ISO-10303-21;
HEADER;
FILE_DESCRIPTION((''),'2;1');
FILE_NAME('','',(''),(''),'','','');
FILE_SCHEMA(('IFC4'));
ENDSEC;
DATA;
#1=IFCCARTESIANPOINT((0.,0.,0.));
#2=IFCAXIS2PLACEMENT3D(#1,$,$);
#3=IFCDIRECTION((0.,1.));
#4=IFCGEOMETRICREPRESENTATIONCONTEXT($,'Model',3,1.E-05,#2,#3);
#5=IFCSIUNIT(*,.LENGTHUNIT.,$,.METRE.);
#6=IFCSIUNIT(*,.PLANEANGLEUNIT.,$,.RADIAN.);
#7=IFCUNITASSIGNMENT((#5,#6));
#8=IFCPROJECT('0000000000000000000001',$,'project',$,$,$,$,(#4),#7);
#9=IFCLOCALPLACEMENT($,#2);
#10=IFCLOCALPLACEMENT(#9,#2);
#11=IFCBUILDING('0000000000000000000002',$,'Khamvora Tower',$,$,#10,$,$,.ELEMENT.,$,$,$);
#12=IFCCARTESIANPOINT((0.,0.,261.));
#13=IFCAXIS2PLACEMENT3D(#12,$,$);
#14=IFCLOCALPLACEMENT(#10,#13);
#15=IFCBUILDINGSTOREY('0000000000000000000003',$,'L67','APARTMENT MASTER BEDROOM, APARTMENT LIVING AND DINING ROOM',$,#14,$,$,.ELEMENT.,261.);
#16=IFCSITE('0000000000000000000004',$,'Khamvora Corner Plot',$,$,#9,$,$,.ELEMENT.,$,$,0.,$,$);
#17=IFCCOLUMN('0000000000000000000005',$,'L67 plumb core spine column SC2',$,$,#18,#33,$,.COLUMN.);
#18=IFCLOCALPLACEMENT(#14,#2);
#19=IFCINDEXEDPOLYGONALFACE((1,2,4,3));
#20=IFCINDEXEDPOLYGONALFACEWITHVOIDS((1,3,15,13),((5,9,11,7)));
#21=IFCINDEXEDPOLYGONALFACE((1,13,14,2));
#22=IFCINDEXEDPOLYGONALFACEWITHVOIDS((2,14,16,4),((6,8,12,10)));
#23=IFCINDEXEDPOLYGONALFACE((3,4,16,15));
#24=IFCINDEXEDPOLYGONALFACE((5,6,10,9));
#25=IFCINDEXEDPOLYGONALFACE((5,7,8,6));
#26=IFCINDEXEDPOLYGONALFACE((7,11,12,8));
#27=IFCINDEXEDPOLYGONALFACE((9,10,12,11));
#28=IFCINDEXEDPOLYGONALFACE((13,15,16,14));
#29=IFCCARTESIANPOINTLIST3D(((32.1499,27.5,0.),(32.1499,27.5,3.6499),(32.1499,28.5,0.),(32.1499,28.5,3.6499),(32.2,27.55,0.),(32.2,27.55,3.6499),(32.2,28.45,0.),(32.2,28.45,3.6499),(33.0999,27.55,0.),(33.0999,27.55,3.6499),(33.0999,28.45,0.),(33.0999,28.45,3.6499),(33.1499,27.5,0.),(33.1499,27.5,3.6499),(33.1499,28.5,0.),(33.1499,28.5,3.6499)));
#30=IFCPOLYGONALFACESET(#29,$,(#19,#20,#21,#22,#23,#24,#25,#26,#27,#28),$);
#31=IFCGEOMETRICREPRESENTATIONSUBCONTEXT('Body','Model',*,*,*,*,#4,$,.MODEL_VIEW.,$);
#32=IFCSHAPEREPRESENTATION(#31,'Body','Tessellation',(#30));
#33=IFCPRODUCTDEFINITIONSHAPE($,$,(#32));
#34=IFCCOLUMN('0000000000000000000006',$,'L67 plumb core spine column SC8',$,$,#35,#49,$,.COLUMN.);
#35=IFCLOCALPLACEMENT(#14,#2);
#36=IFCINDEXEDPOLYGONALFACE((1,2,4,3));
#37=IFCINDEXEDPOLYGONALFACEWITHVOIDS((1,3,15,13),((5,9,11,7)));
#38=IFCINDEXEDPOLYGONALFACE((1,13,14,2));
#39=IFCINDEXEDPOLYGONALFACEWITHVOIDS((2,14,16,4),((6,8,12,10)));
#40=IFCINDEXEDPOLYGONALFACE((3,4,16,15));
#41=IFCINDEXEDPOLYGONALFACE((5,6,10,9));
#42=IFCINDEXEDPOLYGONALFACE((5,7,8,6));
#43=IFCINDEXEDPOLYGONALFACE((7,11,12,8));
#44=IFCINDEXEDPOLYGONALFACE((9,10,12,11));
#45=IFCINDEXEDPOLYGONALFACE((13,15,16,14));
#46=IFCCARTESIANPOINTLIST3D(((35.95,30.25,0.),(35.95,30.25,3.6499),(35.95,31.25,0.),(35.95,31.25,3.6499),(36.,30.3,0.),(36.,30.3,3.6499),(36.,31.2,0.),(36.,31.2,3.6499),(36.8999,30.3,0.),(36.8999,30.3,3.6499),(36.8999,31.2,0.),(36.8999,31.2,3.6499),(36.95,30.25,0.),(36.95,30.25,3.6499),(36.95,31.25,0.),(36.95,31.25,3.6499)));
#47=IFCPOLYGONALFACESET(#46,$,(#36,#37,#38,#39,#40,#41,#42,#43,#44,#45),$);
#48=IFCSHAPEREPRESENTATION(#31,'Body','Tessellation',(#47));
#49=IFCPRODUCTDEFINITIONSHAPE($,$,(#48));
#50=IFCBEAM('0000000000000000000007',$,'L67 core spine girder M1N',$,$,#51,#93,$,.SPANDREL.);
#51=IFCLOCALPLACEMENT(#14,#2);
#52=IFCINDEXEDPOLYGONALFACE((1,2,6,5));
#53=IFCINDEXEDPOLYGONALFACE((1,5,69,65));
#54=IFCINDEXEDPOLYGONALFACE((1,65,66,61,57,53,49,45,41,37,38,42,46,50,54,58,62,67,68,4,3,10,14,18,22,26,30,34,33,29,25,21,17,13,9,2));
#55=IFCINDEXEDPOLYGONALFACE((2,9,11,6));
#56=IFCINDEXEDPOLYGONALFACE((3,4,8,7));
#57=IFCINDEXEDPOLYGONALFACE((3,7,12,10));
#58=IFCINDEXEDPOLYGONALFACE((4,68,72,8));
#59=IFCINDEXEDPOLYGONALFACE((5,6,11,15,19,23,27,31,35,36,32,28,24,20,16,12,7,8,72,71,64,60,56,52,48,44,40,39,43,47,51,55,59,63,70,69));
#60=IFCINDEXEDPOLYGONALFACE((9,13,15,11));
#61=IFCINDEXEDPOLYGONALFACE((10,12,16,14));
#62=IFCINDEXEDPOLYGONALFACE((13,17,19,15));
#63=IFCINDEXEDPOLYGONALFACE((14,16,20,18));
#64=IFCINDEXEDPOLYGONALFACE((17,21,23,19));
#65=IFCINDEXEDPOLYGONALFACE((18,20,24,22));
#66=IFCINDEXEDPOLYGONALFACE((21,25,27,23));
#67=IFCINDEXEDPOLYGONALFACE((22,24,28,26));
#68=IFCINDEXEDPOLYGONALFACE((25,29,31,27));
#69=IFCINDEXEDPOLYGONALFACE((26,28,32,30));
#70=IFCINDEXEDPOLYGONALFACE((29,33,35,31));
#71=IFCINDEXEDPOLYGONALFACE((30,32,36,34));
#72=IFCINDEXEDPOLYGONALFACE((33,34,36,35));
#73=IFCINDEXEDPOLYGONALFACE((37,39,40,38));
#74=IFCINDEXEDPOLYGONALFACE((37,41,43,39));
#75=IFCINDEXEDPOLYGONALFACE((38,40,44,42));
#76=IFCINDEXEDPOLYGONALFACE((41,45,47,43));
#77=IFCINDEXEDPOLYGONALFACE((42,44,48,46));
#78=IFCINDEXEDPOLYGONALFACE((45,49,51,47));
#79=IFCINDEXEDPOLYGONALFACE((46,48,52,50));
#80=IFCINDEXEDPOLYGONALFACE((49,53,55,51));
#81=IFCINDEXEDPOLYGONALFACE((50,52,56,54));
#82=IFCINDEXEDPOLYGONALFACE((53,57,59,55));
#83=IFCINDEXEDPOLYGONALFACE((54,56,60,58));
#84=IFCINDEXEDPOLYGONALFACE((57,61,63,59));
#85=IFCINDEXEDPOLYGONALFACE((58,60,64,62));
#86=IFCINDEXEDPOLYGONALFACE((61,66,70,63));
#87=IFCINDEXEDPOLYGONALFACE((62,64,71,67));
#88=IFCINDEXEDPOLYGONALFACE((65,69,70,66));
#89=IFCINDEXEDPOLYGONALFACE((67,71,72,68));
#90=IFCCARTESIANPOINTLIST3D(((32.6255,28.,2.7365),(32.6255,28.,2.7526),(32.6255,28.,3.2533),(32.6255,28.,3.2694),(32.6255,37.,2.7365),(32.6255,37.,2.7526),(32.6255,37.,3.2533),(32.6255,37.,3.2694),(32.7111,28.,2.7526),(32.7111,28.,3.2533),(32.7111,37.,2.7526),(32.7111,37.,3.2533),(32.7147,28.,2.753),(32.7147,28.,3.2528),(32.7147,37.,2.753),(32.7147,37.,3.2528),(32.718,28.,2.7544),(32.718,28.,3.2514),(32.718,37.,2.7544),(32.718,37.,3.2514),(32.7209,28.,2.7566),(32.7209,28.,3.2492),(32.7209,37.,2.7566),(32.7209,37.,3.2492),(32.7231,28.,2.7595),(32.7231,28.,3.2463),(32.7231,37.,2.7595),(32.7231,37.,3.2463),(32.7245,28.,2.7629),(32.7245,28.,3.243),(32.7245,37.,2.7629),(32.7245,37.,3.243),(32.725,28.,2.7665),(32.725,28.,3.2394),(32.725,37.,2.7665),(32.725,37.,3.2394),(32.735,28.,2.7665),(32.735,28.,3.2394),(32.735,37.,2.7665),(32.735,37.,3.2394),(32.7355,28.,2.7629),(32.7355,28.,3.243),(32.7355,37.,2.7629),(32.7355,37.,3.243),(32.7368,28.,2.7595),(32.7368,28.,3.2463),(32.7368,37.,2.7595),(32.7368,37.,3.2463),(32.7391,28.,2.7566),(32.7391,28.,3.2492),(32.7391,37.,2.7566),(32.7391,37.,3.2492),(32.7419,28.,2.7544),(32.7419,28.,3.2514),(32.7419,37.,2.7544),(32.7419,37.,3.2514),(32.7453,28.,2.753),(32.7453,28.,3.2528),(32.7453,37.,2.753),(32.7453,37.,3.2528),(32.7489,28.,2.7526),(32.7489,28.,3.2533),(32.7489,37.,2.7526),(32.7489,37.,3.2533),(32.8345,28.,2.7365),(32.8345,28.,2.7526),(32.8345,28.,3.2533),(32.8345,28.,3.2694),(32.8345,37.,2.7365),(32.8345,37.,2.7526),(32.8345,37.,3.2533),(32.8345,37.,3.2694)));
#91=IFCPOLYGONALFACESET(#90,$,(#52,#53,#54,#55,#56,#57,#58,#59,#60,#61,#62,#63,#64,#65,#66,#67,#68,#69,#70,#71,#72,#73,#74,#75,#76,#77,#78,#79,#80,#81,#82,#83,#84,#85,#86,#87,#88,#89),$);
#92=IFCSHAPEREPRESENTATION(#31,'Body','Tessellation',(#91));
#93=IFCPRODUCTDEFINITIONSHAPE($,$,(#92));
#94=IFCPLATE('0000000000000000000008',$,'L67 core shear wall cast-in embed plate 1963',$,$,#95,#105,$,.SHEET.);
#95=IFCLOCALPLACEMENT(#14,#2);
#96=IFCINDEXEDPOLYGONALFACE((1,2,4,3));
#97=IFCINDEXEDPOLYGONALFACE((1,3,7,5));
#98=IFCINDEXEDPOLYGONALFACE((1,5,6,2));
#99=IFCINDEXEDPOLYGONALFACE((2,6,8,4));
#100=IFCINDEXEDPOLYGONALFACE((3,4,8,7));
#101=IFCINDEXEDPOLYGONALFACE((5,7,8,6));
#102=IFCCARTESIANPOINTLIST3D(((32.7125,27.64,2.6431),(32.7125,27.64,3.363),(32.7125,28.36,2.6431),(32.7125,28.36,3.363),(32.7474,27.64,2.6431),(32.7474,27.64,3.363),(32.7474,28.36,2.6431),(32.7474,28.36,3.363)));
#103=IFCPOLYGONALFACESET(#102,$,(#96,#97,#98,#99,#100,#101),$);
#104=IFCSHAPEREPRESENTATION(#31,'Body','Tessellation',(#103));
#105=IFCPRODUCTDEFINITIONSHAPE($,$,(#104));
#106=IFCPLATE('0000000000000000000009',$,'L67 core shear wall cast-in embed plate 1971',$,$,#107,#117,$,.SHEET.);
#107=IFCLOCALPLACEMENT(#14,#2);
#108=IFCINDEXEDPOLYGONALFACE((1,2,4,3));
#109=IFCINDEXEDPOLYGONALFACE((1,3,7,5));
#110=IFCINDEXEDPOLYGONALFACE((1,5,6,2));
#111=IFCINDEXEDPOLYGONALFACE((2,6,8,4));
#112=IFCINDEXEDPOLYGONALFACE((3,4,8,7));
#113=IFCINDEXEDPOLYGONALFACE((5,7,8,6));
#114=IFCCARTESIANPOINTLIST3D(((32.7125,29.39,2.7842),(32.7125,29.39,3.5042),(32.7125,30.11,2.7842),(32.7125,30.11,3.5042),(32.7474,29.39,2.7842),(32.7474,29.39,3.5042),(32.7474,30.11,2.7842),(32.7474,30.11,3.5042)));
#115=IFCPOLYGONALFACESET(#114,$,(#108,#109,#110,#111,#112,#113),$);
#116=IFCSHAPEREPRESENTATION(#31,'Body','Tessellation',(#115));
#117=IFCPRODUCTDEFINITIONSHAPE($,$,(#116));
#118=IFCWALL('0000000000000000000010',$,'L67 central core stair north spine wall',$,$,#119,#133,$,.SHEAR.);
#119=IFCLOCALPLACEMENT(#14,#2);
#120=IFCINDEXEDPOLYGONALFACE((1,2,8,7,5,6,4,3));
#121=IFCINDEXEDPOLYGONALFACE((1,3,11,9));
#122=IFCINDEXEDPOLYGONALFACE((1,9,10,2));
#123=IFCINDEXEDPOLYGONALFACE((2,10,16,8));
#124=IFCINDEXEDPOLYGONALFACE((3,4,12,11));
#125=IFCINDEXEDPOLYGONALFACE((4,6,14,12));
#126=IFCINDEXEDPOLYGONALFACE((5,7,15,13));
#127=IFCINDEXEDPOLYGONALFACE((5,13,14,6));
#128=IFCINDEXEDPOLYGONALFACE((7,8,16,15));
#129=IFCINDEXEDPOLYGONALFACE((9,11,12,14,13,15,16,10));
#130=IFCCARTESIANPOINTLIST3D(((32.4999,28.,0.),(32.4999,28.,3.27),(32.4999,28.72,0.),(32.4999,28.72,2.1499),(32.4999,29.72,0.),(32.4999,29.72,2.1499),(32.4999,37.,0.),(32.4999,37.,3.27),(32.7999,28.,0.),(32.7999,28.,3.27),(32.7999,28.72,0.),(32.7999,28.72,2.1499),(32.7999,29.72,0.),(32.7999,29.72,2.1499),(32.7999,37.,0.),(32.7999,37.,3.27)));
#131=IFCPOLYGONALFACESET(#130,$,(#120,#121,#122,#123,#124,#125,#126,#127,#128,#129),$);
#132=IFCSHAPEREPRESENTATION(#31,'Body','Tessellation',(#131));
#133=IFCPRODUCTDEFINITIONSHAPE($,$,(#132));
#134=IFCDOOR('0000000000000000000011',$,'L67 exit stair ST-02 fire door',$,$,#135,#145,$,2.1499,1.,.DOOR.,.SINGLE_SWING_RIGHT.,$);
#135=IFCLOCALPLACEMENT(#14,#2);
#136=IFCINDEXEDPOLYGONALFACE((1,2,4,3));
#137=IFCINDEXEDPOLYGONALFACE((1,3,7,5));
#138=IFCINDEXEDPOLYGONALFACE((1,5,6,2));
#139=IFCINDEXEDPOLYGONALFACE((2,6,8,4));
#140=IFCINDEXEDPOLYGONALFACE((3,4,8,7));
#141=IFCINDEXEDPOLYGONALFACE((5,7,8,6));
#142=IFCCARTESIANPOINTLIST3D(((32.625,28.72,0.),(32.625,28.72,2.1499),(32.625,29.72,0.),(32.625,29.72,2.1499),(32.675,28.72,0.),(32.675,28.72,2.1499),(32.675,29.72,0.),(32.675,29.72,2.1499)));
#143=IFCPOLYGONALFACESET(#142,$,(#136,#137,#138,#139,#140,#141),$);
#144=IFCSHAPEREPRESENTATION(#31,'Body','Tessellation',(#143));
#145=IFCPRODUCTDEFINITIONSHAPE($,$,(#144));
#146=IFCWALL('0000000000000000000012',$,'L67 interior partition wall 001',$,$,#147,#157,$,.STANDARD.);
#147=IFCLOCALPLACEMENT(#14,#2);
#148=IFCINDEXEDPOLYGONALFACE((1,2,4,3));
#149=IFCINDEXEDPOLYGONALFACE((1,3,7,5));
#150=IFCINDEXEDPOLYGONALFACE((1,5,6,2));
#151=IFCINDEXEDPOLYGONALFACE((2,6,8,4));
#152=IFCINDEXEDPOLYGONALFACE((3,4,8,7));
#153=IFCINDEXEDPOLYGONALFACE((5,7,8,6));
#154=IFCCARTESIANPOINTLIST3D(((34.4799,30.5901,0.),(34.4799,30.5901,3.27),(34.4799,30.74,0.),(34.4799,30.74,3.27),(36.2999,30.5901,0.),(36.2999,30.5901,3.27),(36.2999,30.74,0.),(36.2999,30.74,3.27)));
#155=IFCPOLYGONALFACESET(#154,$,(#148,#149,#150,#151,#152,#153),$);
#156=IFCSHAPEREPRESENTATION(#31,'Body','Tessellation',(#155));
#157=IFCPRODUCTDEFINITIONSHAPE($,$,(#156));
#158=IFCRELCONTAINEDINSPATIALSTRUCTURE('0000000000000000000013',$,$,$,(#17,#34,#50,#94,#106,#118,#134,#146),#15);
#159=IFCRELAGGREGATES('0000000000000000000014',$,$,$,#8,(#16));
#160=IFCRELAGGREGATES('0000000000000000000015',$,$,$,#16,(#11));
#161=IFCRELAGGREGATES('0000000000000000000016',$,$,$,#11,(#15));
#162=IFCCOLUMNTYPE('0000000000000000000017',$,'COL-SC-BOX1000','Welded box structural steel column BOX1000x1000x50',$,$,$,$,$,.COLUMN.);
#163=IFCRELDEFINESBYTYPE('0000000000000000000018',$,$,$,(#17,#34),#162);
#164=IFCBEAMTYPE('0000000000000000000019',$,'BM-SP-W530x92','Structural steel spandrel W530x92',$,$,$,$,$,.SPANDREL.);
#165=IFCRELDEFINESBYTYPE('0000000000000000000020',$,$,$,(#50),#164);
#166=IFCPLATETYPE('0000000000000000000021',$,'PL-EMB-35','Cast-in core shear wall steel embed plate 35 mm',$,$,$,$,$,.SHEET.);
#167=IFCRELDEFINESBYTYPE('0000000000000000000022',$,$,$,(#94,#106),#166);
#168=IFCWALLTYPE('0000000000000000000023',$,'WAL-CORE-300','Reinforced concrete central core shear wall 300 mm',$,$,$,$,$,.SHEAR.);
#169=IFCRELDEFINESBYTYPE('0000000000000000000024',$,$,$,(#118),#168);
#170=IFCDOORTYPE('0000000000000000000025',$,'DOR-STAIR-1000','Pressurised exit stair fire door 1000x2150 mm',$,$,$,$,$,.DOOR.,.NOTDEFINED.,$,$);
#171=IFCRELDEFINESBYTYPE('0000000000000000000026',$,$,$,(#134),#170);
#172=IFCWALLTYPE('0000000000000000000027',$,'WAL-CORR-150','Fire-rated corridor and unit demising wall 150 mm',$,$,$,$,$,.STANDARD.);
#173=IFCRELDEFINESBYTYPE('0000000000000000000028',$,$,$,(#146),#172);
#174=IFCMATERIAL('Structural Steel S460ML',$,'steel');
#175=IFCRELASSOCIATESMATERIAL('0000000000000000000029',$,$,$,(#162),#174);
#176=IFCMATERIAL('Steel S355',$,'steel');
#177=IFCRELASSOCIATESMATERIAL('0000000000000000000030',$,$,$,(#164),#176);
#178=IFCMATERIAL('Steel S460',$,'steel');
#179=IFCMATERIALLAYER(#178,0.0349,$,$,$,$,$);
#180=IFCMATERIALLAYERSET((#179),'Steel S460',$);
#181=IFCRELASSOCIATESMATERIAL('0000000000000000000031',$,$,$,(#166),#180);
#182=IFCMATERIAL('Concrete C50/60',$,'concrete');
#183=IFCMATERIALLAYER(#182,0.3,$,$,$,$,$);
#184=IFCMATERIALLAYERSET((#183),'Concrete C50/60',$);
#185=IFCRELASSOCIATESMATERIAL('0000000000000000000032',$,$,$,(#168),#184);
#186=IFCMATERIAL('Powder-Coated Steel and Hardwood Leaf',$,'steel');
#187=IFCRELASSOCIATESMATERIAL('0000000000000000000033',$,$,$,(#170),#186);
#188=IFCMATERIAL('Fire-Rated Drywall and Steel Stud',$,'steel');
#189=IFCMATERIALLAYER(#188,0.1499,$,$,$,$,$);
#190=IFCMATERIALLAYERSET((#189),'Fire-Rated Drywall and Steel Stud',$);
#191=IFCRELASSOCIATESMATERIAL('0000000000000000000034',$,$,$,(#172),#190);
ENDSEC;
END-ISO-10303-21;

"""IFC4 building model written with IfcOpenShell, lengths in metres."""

from ifc_helpers import new_model, si_unit, direction, frame, frame_2d, origin, origin_2d, place, context, subcontext, project, spatial, rectangle, hollow_rectangle, i_section, extrude, material, layer, layer_set, material_profile, profile_set, type_object, element, fill, save


model = new_model("IFC4")

# Units and contexts
model_context = context("Model", 3, precision=1e-05, world=origin(), true_north=direction((0.0, 1.0)))
body_context = subcontext(model_context, "Body", "Model", "MODEL_VIEW")
ifc_project = project(units=[si_unit("LENGTHUNIT", "METRE"), si_unit("PLANEANGLEUNIT", "RADIAN")], contexts=[model_context])

# Site, building, storey
site_placement = place(None, origin())
site = spatial("IfcSite", under=ifc_project, at=site_placement, Name="Khamvora Corner Plot", CompositionType="ELEMENT", RefElevation=0.0)
building_placement = place(site_placement, origin())
building = spatial("IfcBuilding", under=site, at=building_placement, Name="Khamvora Tower", CompositionType="ELEMENT")
storey_placement = place(building_placement, frame((0.0, 0.0, 261.0)))
storey = spatial("IfcBuildingStorey", under=building, at=storey_placement, Name="L67", Description="APARTMENT MASTER BEDROOM, APARTMENT LIVING AND DINING ROOM", CompositionType="ELEMENT", Elevation=261.0)

# Columns
ifc_material_1 = material(Name="Structural Steel S460ML", Category="steel")
ifc_material_profile_1 = material_profile(ifc_material_1, hollow_rectangle(XDim=1.0, YDim=1.0, WallThickness=0.05, at=origin_2d()), Name="BOX1000x1000x50")
ifc_profile_set_1 = profile_set([ifc_material_profile_1], Name="Structural Steel S460ML")
column_type = type_object("IfcColumnType", Name="COL-SC-BOX1000", Description="Welded box structural steel column BOX1000x1000x50", PredefinedType="COLUMN", material=ifc_profile_set_1)
for number, where, z_axis, x_axis, name in (
    (1, (32.6499, 28.0, 0.0), (0.0, 0.0, 1.0), (1.0, 0.0, 0.0), "L67 plumb core spine column SC2"),
    (2, (36.45, 30.75, 0.0), (0.0, 0.0, 1.0), (1.0, 0.0, 0.0), "L67 plumb core spine column SC8"),
):
    element("IfcColumn", number, at=place(storey_placement, frame(where, z_axis=z_axis, x_axis=x_axis)), inside=storey, type_object=column_type, Name=name, PredefinedType="COLUMN", context=body_context, shape_type="SweptSolid", body=[
        extrude(hollow_rectangle(XDim=1.0, YDim=1.0, WallThickness=0.05, at=origin_2d()), origin(), (0.0, 0.0, 1.0), 3.6499),
    ])

# Beam
ifc_material_2 = material(Name="Steel S355", Category="steel")
ifc_material_profile_2 = material_profile(ifc_material_2, i_section(OverallWidth=0.209, OverallDepth=0.533, WebThickness=0.01, FlangeThickness=0.0161, FilletRadius=0.0139, at=origin_2d()), Name="W530x92")
ifc_profile_set_2 = profile_set([ifc_material_profile_2], Name="Steel S355")
beam_type = type_object("IfcBeamType", Name="BM-SP-W530x92", Description="Structural steel spandrel W530x92", PredefinedType="SPANDREL", material=ifc_profile_set_2)
beam_placement = place(storey_placement, frame((32.73, 28.0, 3.0029), z_axis=(0.0, 1.0, 0.0), x_axis=(-1.0, 0.0, 0.0)))
element("IfcBeam", 3, at=beam_placement, inside=storey, type_object=beam_type, Name="L67 core spine girder M1N", PredefinedType="SPANDREL", context=body_context, shape_type="SweptSolid", body=[
    extrude(i_section(OverallWidth=0.209, OverallDepth=0.533, WebThickness=0.01, FlangeThickness=0.0161, FilletRadius=0.0139, at=origin_2d()), origin(), (0.0, 0.0, 1.0), 9.0),
])

# Plates
ifc_material_3 = material(Name="Steel S460", Category="steel")
ifc_layer_1 = layer(ifc_material_3, 0.0349)
ifc_layer_set_1 = layer_set([ifc_layer_1], Name="Steel S460")
plate_type = type_object("IfcPlateType", Name="PL-EMB-35", Description="Cast-in core shear wall steel embed plate 35 mm", PredefinedType="SHEET", material=ifc_layer_set_1)
for number, where, z_axis, x_axis, name in (
    (4, (32.73, 28.0, 2.6431), (0.0, 0.0, 1.0), (1.0, 0.0, 0.0), "L67 core shear wall cast-in embed plate 1963"),
    (5, (32.73, 29.75, 2.7842), (0.0, 0.0, 1.0), (1.0, 0.0, 0.0), "L67 core shear wall cast-in embed plate 1971"),
):
    element("IfcPlate", number, at=place(storey_placement, frame(where, z_axis=z_axis, x_axis=x_axis)), inside=storey, type_object=plate_type, Name=name, PredefinedType="SHEET", context=body_context, shape_type="SweptSolid", body=[
        extrude(rectangle(XDim=0.0349, YDim=0.72, at=origin_2d()), origin(), (0.0, 0.0, 1.0), 0.72),
    ])

# Wall, opening, door
ifc_material_4 = material(Name="Concrete C50/60", Category="concrete")
ifc_layer_2 = layer(ifc_material_4, 0.3)
ifc_layer_set_2 = layer_set([ifc_layer_2], Name="Concrete C50/60")
wall_type_1 = type_object("IfcWallType", Name="WAL-CORE-300", Description="Reinforced concrete central core shear wall 300 mm", PredefinedType="SHEAR", material=ifc_layer_set_2)
wall_1_placement = place(storey_placement, frame((32.6499, 28.0, 0.0), z_axis=(0.0, 0.0, 1.0), x_axis=(0.0, 1.0, 0.0)))
wall_1 = element("IfcWall", 6, at=wall_1_placement, inside=storey, type_object=wall_type_1, Name="L67 central core stair north spine wall", PredefinedType="SHEAR", context=body_context, shape_type="SweptSolid", body=[
    extrude(rectangle(XDim=9.0, YDim=0.3, at=frame_2d((4.5, 0.0))), origin(), (0.0, 0.0, 1.0), 3.27),
])
opening_1_placement = place(wall_1_placement, frame((0.72, 0.0, 0.0)))
opening_1 = element("IfcOpeningElement", 7, at=opening_1_placement, cuts=wall_1, PredefinedType="OPENING", context=body_context, shape_type="SweptSolid", body=[
    extrude(rectangle(XDim=1.0, YDim=2.1499, at=frame_2d((0.5, 1.075))), frame((0.0, 0.1599, 0.0), z_axis=(0.0, -1.0, 0.0), x_axis=(1.0, 0.0, 0.0)), (0.0, 0.0, 1.0), 0.3201),
])
ifc_material_5 = material(Name="Powder-Coated Steel and Hardwood Leaf", Category="steel")
door_type_1 = type_object("IfcDoorType", Name="DOR-STAIR-1000", Description="Pressurised exit stair fire door 1000x2150 mm", OperationType="NOTDEFINED", PredefinedType="DOOR", material=ifc_material_5)
door_1_placement = place(opening_1_placement, origin())
door_1 = element("IfcDoor", 8, at=door_1_placement, inside=storey, type_object=door_type_1, Name="L67 exit stair ST-02 fire door", OperationType="SINGLE_SWING_RIGHT", OverallHeight=2.1499, OverallWidth=1.0, PredefinedType="DOOR", context=body_context, shape_type="SweptSolid", body=[
    extrude(rectangle(XDim=1.0, YDim=2.1499, at=frame_2d((0.5, 1.075))), frame((0.0, 0.0249, 0.0), z_axis=(0.0, -1.0, 0.0), x_axis=(1.0, 0.0, 0.0)), (0.0, 0.0, 1.0), 0.05),
])
fill(opening_1, door_1)

# Wall
ifc_material_6 = material(Name="Fire-Rated Drywall and Steel Stud", Category="steel")
ifc_layer_3 = layer(ifc_material_6, 0.1499)
ifc_layer_set_3 = layer_set([ifc_layer_3], Name="Fire-Rated Drywall and Steel Stud")
wall_type_2 = type_object("IfcWallType", Name="WAL-CORR-150", Description="Fire-rated corridor and unit demising wall 150 mm", PredefinedType="STANDARD", material=ifc_layer_set_3)
wall_2_placement = place(storey_placement, frame((36.3, 30.665, 0.0), z_axis=(0.0, 0.0, 1.0), x_axis=(-1.0, 0.0, 0.0)))
element("IfcWall", 9, at=wall_2_placement, inside=storey, type_object=wall_type_2, Name="L67 interior partition wall 001", PredefinedType="STANDARD", context=body_context, shape_type="SweptSolid", body=[
    extrude(rectangle(XDim=1.8201, YDim=0.1499, at=frame_2d((0.9102, 0.0))), origin(), (0.0, 0.0, 1.0), 3.27),
])

save(model, "model.ifc")
